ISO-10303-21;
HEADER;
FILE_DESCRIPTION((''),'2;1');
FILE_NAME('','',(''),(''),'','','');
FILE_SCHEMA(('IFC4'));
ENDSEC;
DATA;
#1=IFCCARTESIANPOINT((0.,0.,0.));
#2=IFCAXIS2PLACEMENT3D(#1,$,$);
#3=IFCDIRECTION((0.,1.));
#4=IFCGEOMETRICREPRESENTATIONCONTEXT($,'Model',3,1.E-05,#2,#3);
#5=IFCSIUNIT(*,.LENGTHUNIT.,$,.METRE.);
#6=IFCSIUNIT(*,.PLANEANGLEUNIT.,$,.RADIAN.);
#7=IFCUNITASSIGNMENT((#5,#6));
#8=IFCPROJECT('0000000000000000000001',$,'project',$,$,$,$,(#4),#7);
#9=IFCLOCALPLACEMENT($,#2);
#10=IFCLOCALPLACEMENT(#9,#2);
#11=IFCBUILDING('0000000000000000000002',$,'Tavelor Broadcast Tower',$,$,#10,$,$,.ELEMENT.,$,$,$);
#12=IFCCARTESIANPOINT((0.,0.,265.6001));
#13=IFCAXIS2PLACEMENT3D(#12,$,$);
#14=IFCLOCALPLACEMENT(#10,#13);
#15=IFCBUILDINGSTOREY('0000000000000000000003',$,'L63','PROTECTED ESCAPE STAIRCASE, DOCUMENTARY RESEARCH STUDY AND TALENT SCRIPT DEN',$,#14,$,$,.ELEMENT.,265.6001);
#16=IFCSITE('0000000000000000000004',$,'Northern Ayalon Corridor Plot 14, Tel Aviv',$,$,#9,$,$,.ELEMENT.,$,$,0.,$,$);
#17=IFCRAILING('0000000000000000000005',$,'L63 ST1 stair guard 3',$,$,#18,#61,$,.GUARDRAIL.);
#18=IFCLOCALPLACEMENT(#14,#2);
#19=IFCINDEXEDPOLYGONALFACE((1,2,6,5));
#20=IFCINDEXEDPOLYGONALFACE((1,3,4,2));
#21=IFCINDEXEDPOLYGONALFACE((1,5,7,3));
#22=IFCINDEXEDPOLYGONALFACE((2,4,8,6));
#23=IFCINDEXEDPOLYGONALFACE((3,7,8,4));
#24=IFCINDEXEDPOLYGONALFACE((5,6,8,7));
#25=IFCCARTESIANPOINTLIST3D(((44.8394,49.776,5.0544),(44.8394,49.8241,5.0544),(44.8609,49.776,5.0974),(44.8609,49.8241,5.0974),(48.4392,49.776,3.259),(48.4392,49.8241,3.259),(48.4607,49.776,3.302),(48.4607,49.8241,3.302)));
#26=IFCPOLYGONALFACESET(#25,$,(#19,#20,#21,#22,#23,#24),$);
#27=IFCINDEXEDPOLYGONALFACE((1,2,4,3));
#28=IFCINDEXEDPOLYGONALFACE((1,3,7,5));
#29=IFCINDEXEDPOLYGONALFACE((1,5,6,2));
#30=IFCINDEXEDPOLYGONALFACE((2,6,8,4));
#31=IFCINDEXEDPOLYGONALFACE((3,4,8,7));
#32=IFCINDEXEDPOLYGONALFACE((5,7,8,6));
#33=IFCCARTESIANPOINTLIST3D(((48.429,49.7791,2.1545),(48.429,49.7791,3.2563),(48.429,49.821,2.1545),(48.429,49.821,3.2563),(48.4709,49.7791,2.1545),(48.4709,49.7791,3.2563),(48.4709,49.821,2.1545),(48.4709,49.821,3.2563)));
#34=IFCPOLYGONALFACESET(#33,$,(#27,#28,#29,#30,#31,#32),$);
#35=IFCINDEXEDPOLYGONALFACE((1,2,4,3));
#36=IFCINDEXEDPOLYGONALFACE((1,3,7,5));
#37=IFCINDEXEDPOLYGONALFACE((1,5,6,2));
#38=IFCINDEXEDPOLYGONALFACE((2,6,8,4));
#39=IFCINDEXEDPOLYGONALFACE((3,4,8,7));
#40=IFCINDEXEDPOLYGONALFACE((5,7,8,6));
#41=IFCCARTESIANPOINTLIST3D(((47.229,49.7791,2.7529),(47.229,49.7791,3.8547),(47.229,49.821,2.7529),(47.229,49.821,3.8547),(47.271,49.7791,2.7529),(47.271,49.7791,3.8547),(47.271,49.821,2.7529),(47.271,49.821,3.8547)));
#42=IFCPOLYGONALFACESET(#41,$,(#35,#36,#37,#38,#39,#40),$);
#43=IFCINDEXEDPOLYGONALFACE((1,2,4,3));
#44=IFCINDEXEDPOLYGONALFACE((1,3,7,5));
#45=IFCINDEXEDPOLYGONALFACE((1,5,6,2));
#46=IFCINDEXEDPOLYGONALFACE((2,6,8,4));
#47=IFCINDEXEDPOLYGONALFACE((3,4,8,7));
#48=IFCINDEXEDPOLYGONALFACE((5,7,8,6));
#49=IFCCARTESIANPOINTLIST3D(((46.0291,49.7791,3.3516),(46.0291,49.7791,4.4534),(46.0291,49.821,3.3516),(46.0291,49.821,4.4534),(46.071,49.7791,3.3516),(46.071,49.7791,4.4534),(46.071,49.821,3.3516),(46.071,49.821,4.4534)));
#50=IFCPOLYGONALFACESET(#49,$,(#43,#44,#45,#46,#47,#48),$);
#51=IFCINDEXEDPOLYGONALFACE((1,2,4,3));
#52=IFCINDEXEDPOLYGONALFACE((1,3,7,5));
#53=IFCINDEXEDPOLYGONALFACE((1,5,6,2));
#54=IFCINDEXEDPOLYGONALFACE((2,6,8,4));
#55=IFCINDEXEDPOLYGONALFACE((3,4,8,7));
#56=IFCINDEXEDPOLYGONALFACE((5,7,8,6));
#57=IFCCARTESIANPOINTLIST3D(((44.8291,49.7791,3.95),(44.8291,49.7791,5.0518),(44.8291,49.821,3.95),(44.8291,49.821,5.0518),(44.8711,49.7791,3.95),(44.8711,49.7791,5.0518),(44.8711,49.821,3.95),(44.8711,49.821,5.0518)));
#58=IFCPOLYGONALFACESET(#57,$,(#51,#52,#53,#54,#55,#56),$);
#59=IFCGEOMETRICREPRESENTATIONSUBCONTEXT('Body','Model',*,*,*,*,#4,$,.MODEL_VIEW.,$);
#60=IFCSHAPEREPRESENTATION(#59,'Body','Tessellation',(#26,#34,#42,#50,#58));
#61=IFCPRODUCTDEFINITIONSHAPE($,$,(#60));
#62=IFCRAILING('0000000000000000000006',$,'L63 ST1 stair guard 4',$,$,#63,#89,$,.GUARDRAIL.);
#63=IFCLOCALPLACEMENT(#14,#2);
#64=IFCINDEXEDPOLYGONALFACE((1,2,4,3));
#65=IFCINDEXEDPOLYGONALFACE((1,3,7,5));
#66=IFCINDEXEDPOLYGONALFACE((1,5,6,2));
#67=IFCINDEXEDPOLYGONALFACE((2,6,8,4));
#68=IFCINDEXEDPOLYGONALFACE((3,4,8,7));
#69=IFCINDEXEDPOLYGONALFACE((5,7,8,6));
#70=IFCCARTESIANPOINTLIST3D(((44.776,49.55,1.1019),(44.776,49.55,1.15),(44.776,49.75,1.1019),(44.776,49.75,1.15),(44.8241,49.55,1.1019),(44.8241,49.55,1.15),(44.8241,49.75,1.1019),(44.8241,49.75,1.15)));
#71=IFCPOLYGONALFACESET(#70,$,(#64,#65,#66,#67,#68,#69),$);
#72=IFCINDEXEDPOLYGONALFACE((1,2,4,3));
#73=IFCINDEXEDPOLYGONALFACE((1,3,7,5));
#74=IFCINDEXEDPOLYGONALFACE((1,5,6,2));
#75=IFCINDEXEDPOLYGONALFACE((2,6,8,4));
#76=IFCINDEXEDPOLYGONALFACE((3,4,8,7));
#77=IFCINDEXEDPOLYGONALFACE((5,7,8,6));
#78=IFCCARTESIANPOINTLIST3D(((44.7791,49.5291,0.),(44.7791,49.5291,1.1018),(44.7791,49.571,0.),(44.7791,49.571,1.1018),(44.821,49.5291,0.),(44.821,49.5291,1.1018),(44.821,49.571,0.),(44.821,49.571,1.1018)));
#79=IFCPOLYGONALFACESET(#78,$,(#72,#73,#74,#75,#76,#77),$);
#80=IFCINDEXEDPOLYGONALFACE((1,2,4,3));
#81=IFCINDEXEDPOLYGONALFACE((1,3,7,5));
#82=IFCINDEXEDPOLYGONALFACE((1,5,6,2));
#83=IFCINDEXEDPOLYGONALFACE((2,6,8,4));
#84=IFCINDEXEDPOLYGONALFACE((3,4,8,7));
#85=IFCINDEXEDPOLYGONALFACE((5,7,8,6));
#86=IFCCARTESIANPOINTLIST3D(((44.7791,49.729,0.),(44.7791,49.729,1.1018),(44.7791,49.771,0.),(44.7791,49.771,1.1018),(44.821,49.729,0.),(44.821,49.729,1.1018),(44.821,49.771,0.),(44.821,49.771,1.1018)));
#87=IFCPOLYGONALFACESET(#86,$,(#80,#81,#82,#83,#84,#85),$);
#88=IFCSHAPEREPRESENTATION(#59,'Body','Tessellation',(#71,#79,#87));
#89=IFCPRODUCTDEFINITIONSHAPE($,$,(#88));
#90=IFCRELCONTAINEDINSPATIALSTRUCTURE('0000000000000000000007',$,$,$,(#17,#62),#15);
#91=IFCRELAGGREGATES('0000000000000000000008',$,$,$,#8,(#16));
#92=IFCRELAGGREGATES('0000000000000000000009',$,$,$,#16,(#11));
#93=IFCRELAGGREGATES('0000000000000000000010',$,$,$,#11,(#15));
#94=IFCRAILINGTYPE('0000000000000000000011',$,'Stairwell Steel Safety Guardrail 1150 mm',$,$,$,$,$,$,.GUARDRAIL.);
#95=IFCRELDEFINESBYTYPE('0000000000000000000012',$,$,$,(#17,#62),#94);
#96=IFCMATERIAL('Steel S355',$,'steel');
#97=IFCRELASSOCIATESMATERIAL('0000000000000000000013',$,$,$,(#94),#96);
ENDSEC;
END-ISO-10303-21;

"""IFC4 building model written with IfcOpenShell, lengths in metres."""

from ifc_helpers import new_model, si_unit, direction, frame, origin, origin_2d, place, context, subcontext, project, spatial, rectangle, extrude, material, type_object, element, save


model = new_model("IFC4")

# Units and contexts
model_context = context("Model", 3, precision=1e-05, world=origin(), true_north=direction((0.0, 1.0)))
body_context = subcontext(model_context, "Body", "Model", "MODEL_VIEW")
ifc_project = project(units=[si_unit("LENGTHUNIT", "METRE"), si_unit("PLANEANGLEUNIT", "RADIAN")], contexts=[model_context])

# Site, building, storey
site_placement = place(None, origin())
site = spatial("IfcSite", under=ifc_project, at=site_placement, Name="Northern Ayalon Corridor Plot 14, Tel Aviv", CompositionType="ELEMENT", RefElevation=0.0)
building_placement = place(site_placement, origin())
building = spatial("IfcBuilding", under=site, at=building_placement, Name="Tavelor Broadcast Tower", CompositionType="ELEMENT")
storey_placement = place(building_placement, frame((0.0, 0.0, 265.6001)))
storey = spatial("IfcBuildingStorey", under=building, at=storey_placement, Name="L63", Description="PROTECTED ESCAPE STAIRCASE, DOCUMENTARY RESEARCH STUDY AND TALENT SCRIPT DEN", CompositionType="ELEMENT", Elevation=265.6001)

# Shared definitions
ifc_material_1 = material(Name="Steel S355", Category="steel")

# Railings
railing_type_1 = type_object("IfcRailingType", Name="Stairwell Steel Safety Guardrail 1150 mm", PredefinedType="GUARDRAIL", material=ifc_material_1)
railing_1_placement = place(storey_placement, frame((48.45, 49.8, 2.1545)))
element("IfcRailing", 1, at=railing_1_placement, inside=storey, type_object=railing_type_1, Name="L63 ST1 stair guard 3", PredefinedType="GUARDRAIL", context=body_context, shape_type="SweptSolid", body=[
    extrude(rectangle(XDim=0.0481, YDim=0.0481, at=origin_2d()), frame((0.0, 0.0, 1.126), z_axis=(-0.894876, 0.0, 0.446315), x_axis=(0.0, -1.0, 0.0)), (0.0, 0.0, 1.0), 4.0227),
    extrude(rectangle(XDim=0.042, YDim=0.042, at=origin_2d()), origin(), (0.0, 0.0, 1.0), 1.1018),
    extrude(rectangle(XDim=0.042, YDim=0.042, at=origin_2d()), frame((-1.2, 0.0, 0.5984)), (0.0, 0.0, 1.0), 1.1018),
    extrude(rectangle(XDim=0.042, YDim=0.042, at=origin_2d()), frame((-2.3999, 0.0, 1.197)), (0.0, 0.0, 1.0), 1.1018),
    extrude(rectangle(XDim=0.042, YDim=0.042, at=origin_2d()), frame((-3.5999, 0.0, 1.7954)), (0.0, 0.0, 1.0), 1.1018),
])
railing_2_placement = place(storey_placement, frame((44.8, 49.55, 0.0)))
element("IfcRailing", 2, at=railing_2_placement, inside=storey, type_object=railing_type_1, Name="L63 ST1 stair guard 4", PredefinedType="GUARDRAIL", context=body_context, shape_type="SweptSolid", body=[
    extrude(rectangle(XDim=0.0481, YDim=0.0481, at=origin_2d()), frame((0.0, 0.0, 1.126), z_axis=(0.0, 1.0, 0.0), x_axis=(-1.0, 0.0, 0.0)), (0.0, 0.0, 1.0), 0.2),
    extrude(rectangle(XDim=0.042, YDim=0.042, at=origin_2d()), origin(), (0.0, 0.0, 1.0), 1.1018),
    extrude(rectangle(XDim=0.042, YDim=0.042, at=origin_2d()), frame((0.0, 0.2, 0.0)), (0.0, 0.0, 1.0), 1.1018),
])

save(model, "model.ifc")
